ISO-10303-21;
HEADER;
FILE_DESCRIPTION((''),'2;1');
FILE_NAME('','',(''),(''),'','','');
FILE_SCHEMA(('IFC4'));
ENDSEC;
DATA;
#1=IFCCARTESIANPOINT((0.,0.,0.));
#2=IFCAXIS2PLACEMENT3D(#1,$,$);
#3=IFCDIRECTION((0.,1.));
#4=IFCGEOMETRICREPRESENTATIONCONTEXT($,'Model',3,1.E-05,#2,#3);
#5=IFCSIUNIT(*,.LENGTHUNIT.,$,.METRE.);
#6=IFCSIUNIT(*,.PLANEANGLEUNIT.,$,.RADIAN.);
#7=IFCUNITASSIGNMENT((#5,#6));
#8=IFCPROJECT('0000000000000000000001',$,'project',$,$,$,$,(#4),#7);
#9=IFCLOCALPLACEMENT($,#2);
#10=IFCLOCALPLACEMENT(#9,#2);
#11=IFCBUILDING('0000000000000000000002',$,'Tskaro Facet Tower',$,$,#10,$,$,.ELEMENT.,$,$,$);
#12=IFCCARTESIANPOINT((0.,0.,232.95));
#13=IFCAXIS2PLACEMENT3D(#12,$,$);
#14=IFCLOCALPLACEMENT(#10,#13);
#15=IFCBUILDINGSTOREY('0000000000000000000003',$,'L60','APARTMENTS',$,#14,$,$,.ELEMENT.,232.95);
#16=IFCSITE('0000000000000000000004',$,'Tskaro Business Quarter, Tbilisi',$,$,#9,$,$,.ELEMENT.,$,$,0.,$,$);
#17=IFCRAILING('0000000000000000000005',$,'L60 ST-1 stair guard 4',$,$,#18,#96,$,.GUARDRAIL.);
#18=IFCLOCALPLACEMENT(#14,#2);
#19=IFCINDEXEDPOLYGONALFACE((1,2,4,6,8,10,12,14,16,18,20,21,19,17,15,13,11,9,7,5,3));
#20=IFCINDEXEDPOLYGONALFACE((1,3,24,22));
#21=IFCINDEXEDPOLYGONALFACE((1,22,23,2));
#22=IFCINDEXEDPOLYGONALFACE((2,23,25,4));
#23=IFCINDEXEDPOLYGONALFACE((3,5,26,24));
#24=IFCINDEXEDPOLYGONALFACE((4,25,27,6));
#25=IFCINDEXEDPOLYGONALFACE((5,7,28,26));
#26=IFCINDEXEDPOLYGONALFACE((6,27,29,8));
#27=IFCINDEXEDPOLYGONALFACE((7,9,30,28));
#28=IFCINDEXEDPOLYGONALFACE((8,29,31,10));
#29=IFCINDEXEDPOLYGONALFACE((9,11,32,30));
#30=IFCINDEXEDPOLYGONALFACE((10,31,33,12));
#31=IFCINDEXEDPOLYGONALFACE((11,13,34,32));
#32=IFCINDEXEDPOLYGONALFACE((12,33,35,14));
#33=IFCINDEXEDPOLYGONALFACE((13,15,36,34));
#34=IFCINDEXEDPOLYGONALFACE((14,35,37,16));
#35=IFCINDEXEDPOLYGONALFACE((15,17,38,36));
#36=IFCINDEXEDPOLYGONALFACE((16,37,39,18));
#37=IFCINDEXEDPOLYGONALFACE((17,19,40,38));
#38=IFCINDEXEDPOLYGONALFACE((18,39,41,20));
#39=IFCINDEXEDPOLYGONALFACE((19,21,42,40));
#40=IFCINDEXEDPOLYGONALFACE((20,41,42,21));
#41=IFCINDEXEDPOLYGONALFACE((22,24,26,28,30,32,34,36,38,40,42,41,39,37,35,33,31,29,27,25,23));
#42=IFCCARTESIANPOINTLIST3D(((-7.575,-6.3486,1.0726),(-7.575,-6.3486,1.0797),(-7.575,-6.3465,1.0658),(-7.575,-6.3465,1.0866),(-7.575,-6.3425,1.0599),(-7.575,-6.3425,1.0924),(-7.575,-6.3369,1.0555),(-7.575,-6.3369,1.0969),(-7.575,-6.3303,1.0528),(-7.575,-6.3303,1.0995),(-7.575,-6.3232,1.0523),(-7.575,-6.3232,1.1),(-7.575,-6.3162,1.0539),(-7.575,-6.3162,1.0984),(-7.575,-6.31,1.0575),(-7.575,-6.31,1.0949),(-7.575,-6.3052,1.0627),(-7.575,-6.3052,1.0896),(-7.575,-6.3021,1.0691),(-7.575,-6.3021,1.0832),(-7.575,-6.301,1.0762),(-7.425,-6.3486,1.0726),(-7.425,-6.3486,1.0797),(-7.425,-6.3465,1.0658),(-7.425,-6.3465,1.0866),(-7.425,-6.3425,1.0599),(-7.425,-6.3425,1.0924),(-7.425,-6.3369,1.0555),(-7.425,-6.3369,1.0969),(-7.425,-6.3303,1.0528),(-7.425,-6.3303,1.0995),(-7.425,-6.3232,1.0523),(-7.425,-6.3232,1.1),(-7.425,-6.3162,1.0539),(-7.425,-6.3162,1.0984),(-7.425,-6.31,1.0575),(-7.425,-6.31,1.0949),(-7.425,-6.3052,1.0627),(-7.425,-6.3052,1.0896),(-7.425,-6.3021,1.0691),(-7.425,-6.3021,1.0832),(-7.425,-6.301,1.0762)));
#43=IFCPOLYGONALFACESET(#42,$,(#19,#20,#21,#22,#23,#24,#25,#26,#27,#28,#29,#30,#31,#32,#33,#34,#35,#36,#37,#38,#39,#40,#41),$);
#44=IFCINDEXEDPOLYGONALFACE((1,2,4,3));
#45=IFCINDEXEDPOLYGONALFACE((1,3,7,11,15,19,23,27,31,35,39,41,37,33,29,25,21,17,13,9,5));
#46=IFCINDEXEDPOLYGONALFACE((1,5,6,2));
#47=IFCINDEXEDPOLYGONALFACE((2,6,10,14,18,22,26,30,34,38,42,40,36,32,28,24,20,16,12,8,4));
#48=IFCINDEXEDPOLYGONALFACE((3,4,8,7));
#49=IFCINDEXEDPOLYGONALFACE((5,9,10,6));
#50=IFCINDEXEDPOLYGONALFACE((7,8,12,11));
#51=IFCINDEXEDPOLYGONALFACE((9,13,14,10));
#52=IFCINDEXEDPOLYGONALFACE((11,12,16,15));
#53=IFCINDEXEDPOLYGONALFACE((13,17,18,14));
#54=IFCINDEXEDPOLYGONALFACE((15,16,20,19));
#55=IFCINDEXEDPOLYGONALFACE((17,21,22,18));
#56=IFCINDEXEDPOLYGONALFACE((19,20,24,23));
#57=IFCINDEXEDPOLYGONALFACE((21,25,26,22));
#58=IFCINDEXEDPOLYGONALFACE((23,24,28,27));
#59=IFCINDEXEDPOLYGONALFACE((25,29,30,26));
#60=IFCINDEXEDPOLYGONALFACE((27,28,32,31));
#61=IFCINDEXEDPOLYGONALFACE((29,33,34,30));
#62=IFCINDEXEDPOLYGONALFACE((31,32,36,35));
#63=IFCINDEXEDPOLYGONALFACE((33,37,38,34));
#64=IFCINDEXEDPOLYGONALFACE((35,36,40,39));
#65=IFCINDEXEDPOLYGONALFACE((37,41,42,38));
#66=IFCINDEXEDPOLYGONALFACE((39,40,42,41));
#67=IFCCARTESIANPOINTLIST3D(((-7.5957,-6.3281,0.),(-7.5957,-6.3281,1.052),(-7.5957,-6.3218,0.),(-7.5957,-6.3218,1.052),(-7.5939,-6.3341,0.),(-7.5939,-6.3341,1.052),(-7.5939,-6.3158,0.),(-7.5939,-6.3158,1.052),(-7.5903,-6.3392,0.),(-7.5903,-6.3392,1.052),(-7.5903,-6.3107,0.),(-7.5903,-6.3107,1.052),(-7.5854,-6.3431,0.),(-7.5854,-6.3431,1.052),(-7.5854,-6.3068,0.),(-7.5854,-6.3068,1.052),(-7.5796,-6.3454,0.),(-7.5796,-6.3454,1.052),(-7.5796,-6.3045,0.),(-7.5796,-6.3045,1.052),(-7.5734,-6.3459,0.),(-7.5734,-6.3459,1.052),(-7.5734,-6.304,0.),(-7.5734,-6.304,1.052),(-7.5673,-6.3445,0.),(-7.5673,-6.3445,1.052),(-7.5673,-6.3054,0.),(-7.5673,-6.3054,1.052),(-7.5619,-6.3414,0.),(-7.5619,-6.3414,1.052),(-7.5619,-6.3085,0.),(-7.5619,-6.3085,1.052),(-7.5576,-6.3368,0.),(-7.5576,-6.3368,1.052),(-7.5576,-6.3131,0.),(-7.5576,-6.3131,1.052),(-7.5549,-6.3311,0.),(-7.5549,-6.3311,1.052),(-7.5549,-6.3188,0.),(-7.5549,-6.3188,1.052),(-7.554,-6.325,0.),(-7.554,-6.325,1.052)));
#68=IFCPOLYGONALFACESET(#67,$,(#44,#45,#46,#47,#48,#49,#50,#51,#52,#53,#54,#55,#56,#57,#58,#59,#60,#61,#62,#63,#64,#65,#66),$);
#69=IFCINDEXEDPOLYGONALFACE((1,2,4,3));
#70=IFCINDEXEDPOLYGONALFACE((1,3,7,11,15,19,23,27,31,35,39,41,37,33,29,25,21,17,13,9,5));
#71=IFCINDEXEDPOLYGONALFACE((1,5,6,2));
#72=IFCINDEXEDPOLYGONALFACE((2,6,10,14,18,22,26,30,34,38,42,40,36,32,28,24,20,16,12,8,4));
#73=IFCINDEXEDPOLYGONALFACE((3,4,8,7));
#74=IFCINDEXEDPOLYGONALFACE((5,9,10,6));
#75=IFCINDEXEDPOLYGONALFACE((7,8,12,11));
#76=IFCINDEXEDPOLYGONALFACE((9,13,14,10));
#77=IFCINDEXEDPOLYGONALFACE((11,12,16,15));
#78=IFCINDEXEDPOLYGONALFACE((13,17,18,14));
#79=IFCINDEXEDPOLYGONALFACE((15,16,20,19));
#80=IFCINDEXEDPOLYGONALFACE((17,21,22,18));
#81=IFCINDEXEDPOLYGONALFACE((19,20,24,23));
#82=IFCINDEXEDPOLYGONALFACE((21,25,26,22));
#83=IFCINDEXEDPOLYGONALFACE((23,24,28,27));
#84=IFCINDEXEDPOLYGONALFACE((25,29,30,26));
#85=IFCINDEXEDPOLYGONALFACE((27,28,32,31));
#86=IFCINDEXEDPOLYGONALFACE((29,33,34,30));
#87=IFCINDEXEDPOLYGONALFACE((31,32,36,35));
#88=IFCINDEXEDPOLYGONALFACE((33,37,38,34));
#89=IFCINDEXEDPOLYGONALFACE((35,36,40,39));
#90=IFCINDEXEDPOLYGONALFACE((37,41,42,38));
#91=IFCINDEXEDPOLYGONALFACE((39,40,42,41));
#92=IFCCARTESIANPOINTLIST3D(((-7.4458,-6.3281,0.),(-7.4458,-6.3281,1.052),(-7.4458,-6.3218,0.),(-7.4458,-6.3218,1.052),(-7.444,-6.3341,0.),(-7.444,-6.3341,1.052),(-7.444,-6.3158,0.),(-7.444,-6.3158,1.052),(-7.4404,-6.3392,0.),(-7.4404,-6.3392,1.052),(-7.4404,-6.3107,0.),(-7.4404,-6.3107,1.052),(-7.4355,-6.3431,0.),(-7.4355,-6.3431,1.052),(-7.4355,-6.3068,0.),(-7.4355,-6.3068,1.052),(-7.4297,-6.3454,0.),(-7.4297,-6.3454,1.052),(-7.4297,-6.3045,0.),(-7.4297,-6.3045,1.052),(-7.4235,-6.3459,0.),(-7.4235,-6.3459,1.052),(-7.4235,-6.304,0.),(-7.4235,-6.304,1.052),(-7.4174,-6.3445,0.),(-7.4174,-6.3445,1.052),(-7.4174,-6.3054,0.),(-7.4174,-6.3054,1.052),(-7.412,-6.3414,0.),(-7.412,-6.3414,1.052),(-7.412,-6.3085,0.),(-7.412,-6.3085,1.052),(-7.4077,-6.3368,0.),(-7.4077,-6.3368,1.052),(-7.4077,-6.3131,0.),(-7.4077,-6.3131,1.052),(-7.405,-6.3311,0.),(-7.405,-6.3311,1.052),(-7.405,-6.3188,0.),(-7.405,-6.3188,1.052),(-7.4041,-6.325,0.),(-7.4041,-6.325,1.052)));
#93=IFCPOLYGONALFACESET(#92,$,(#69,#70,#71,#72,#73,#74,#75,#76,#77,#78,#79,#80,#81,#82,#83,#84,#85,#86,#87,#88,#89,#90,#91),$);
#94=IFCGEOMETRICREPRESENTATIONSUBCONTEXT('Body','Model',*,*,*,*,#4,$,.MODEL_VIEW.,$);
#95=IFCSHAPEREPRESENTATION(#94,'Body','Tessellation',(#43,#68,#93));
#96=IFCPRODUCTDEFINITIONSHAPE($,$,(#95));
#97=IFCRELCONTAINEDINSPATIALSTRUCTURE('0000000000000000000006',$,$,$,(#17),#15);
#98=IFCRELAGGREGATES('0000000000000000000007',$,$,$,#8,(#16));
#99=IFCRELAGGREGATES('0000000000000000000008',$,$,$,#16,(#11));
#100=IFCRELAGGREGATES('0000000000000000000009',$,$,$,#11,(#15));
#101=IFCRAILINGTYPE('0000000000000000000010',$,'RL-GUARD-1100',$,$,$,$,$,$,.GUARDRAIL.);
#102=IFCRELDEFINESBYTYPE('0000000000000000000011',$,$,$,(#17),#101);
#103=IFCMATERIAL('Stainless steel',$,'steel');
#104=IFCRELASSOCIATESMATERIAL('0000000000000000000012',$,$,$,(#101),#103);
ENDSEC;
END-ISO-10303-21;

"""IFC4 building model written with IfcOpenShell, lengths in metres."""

from ifc_helpers import new_model, si_unit, direction, frame, origin, origin_2d, place, context, subcontext, project, spatial, circle, extrude, material, type_object, element, save


model = new_model("IFC4")

# Units and contexts
model_context = context("Model", 3, precision=1e-05, world=origin(), true_north=direction((0.0, 1.0)))
body_context = subcontext(model_context, "Body", "Model", "MODEL_VIEW")
ifc_project = project(units=[si_unit("LENGTHUNIT", "METRE"), si_unit("PLANEANGLEUNIT", "RADIAN")], contexts=[model_context])

# Site, building, storey
site_placement = place(None, origin())
site = spatial("IfcSite", under=ifc_project, at=site_placement, Name="Tskaro Business Quarter, Tbilisi", CompositionType="ELEMENT", RefElevation=0.0)
building_placement = place(site_placement, origin())
building = spatial("IfcBuilding", under=site, at=building_placement, Name="Tskaro Facet Tower", CompositionType="ELEMENT")
storey_placement = place(building_placement, frame((0.0, 0.0, 232.95)))
storey = spatial("IfcBuildingStorey", under=building, at=storey_placement, Name="L60", Description="APARTMENTS", CompositionType="ELEMENT", Elevation=232.95)

# Shared definitions
ifc_material_1 = material(Name="Stainless steel", Category="steel")

# Railing
railing_type_1 = type_object("IfcRailingType", Name="RL-GUARD-1100", PredefinedType="GUARDRAIL", material=ifc_material_1)
railing_1_placement = place(storey_placement, frame((-7.575, -6.325, 0.0)))
element("IfcRailing", 1, at=railing_1_placement, inside=storey, type_object=railing_type_1, Name="L60 ST-1 stair guard 4", PredefinedType="GUARDRAIL", context=body_context, shape_type="SweptSolid", body=[
    extrude(circle(Radius=0.0239, at=origin_2d()), frame((0.0, 0.0, 1.0762), z_axis=(1.0, 0.0, 0.0), x_axis=(0.0, 1.0, 0.0)), (0.0, 0.0, 1.0), 0.1499),
    extrude(circle(Radius=0.021, at=origin_2d()), origin(), (0.0, 0.0, 1.0), 1.052),
    extrude(circle(Radius=0.021, at=origin_2d()), frame((0.1499, 0.0, 0.0)), (0.0, 0.0, 1.0), 1.052),
])

save(model, "model.ifc")
